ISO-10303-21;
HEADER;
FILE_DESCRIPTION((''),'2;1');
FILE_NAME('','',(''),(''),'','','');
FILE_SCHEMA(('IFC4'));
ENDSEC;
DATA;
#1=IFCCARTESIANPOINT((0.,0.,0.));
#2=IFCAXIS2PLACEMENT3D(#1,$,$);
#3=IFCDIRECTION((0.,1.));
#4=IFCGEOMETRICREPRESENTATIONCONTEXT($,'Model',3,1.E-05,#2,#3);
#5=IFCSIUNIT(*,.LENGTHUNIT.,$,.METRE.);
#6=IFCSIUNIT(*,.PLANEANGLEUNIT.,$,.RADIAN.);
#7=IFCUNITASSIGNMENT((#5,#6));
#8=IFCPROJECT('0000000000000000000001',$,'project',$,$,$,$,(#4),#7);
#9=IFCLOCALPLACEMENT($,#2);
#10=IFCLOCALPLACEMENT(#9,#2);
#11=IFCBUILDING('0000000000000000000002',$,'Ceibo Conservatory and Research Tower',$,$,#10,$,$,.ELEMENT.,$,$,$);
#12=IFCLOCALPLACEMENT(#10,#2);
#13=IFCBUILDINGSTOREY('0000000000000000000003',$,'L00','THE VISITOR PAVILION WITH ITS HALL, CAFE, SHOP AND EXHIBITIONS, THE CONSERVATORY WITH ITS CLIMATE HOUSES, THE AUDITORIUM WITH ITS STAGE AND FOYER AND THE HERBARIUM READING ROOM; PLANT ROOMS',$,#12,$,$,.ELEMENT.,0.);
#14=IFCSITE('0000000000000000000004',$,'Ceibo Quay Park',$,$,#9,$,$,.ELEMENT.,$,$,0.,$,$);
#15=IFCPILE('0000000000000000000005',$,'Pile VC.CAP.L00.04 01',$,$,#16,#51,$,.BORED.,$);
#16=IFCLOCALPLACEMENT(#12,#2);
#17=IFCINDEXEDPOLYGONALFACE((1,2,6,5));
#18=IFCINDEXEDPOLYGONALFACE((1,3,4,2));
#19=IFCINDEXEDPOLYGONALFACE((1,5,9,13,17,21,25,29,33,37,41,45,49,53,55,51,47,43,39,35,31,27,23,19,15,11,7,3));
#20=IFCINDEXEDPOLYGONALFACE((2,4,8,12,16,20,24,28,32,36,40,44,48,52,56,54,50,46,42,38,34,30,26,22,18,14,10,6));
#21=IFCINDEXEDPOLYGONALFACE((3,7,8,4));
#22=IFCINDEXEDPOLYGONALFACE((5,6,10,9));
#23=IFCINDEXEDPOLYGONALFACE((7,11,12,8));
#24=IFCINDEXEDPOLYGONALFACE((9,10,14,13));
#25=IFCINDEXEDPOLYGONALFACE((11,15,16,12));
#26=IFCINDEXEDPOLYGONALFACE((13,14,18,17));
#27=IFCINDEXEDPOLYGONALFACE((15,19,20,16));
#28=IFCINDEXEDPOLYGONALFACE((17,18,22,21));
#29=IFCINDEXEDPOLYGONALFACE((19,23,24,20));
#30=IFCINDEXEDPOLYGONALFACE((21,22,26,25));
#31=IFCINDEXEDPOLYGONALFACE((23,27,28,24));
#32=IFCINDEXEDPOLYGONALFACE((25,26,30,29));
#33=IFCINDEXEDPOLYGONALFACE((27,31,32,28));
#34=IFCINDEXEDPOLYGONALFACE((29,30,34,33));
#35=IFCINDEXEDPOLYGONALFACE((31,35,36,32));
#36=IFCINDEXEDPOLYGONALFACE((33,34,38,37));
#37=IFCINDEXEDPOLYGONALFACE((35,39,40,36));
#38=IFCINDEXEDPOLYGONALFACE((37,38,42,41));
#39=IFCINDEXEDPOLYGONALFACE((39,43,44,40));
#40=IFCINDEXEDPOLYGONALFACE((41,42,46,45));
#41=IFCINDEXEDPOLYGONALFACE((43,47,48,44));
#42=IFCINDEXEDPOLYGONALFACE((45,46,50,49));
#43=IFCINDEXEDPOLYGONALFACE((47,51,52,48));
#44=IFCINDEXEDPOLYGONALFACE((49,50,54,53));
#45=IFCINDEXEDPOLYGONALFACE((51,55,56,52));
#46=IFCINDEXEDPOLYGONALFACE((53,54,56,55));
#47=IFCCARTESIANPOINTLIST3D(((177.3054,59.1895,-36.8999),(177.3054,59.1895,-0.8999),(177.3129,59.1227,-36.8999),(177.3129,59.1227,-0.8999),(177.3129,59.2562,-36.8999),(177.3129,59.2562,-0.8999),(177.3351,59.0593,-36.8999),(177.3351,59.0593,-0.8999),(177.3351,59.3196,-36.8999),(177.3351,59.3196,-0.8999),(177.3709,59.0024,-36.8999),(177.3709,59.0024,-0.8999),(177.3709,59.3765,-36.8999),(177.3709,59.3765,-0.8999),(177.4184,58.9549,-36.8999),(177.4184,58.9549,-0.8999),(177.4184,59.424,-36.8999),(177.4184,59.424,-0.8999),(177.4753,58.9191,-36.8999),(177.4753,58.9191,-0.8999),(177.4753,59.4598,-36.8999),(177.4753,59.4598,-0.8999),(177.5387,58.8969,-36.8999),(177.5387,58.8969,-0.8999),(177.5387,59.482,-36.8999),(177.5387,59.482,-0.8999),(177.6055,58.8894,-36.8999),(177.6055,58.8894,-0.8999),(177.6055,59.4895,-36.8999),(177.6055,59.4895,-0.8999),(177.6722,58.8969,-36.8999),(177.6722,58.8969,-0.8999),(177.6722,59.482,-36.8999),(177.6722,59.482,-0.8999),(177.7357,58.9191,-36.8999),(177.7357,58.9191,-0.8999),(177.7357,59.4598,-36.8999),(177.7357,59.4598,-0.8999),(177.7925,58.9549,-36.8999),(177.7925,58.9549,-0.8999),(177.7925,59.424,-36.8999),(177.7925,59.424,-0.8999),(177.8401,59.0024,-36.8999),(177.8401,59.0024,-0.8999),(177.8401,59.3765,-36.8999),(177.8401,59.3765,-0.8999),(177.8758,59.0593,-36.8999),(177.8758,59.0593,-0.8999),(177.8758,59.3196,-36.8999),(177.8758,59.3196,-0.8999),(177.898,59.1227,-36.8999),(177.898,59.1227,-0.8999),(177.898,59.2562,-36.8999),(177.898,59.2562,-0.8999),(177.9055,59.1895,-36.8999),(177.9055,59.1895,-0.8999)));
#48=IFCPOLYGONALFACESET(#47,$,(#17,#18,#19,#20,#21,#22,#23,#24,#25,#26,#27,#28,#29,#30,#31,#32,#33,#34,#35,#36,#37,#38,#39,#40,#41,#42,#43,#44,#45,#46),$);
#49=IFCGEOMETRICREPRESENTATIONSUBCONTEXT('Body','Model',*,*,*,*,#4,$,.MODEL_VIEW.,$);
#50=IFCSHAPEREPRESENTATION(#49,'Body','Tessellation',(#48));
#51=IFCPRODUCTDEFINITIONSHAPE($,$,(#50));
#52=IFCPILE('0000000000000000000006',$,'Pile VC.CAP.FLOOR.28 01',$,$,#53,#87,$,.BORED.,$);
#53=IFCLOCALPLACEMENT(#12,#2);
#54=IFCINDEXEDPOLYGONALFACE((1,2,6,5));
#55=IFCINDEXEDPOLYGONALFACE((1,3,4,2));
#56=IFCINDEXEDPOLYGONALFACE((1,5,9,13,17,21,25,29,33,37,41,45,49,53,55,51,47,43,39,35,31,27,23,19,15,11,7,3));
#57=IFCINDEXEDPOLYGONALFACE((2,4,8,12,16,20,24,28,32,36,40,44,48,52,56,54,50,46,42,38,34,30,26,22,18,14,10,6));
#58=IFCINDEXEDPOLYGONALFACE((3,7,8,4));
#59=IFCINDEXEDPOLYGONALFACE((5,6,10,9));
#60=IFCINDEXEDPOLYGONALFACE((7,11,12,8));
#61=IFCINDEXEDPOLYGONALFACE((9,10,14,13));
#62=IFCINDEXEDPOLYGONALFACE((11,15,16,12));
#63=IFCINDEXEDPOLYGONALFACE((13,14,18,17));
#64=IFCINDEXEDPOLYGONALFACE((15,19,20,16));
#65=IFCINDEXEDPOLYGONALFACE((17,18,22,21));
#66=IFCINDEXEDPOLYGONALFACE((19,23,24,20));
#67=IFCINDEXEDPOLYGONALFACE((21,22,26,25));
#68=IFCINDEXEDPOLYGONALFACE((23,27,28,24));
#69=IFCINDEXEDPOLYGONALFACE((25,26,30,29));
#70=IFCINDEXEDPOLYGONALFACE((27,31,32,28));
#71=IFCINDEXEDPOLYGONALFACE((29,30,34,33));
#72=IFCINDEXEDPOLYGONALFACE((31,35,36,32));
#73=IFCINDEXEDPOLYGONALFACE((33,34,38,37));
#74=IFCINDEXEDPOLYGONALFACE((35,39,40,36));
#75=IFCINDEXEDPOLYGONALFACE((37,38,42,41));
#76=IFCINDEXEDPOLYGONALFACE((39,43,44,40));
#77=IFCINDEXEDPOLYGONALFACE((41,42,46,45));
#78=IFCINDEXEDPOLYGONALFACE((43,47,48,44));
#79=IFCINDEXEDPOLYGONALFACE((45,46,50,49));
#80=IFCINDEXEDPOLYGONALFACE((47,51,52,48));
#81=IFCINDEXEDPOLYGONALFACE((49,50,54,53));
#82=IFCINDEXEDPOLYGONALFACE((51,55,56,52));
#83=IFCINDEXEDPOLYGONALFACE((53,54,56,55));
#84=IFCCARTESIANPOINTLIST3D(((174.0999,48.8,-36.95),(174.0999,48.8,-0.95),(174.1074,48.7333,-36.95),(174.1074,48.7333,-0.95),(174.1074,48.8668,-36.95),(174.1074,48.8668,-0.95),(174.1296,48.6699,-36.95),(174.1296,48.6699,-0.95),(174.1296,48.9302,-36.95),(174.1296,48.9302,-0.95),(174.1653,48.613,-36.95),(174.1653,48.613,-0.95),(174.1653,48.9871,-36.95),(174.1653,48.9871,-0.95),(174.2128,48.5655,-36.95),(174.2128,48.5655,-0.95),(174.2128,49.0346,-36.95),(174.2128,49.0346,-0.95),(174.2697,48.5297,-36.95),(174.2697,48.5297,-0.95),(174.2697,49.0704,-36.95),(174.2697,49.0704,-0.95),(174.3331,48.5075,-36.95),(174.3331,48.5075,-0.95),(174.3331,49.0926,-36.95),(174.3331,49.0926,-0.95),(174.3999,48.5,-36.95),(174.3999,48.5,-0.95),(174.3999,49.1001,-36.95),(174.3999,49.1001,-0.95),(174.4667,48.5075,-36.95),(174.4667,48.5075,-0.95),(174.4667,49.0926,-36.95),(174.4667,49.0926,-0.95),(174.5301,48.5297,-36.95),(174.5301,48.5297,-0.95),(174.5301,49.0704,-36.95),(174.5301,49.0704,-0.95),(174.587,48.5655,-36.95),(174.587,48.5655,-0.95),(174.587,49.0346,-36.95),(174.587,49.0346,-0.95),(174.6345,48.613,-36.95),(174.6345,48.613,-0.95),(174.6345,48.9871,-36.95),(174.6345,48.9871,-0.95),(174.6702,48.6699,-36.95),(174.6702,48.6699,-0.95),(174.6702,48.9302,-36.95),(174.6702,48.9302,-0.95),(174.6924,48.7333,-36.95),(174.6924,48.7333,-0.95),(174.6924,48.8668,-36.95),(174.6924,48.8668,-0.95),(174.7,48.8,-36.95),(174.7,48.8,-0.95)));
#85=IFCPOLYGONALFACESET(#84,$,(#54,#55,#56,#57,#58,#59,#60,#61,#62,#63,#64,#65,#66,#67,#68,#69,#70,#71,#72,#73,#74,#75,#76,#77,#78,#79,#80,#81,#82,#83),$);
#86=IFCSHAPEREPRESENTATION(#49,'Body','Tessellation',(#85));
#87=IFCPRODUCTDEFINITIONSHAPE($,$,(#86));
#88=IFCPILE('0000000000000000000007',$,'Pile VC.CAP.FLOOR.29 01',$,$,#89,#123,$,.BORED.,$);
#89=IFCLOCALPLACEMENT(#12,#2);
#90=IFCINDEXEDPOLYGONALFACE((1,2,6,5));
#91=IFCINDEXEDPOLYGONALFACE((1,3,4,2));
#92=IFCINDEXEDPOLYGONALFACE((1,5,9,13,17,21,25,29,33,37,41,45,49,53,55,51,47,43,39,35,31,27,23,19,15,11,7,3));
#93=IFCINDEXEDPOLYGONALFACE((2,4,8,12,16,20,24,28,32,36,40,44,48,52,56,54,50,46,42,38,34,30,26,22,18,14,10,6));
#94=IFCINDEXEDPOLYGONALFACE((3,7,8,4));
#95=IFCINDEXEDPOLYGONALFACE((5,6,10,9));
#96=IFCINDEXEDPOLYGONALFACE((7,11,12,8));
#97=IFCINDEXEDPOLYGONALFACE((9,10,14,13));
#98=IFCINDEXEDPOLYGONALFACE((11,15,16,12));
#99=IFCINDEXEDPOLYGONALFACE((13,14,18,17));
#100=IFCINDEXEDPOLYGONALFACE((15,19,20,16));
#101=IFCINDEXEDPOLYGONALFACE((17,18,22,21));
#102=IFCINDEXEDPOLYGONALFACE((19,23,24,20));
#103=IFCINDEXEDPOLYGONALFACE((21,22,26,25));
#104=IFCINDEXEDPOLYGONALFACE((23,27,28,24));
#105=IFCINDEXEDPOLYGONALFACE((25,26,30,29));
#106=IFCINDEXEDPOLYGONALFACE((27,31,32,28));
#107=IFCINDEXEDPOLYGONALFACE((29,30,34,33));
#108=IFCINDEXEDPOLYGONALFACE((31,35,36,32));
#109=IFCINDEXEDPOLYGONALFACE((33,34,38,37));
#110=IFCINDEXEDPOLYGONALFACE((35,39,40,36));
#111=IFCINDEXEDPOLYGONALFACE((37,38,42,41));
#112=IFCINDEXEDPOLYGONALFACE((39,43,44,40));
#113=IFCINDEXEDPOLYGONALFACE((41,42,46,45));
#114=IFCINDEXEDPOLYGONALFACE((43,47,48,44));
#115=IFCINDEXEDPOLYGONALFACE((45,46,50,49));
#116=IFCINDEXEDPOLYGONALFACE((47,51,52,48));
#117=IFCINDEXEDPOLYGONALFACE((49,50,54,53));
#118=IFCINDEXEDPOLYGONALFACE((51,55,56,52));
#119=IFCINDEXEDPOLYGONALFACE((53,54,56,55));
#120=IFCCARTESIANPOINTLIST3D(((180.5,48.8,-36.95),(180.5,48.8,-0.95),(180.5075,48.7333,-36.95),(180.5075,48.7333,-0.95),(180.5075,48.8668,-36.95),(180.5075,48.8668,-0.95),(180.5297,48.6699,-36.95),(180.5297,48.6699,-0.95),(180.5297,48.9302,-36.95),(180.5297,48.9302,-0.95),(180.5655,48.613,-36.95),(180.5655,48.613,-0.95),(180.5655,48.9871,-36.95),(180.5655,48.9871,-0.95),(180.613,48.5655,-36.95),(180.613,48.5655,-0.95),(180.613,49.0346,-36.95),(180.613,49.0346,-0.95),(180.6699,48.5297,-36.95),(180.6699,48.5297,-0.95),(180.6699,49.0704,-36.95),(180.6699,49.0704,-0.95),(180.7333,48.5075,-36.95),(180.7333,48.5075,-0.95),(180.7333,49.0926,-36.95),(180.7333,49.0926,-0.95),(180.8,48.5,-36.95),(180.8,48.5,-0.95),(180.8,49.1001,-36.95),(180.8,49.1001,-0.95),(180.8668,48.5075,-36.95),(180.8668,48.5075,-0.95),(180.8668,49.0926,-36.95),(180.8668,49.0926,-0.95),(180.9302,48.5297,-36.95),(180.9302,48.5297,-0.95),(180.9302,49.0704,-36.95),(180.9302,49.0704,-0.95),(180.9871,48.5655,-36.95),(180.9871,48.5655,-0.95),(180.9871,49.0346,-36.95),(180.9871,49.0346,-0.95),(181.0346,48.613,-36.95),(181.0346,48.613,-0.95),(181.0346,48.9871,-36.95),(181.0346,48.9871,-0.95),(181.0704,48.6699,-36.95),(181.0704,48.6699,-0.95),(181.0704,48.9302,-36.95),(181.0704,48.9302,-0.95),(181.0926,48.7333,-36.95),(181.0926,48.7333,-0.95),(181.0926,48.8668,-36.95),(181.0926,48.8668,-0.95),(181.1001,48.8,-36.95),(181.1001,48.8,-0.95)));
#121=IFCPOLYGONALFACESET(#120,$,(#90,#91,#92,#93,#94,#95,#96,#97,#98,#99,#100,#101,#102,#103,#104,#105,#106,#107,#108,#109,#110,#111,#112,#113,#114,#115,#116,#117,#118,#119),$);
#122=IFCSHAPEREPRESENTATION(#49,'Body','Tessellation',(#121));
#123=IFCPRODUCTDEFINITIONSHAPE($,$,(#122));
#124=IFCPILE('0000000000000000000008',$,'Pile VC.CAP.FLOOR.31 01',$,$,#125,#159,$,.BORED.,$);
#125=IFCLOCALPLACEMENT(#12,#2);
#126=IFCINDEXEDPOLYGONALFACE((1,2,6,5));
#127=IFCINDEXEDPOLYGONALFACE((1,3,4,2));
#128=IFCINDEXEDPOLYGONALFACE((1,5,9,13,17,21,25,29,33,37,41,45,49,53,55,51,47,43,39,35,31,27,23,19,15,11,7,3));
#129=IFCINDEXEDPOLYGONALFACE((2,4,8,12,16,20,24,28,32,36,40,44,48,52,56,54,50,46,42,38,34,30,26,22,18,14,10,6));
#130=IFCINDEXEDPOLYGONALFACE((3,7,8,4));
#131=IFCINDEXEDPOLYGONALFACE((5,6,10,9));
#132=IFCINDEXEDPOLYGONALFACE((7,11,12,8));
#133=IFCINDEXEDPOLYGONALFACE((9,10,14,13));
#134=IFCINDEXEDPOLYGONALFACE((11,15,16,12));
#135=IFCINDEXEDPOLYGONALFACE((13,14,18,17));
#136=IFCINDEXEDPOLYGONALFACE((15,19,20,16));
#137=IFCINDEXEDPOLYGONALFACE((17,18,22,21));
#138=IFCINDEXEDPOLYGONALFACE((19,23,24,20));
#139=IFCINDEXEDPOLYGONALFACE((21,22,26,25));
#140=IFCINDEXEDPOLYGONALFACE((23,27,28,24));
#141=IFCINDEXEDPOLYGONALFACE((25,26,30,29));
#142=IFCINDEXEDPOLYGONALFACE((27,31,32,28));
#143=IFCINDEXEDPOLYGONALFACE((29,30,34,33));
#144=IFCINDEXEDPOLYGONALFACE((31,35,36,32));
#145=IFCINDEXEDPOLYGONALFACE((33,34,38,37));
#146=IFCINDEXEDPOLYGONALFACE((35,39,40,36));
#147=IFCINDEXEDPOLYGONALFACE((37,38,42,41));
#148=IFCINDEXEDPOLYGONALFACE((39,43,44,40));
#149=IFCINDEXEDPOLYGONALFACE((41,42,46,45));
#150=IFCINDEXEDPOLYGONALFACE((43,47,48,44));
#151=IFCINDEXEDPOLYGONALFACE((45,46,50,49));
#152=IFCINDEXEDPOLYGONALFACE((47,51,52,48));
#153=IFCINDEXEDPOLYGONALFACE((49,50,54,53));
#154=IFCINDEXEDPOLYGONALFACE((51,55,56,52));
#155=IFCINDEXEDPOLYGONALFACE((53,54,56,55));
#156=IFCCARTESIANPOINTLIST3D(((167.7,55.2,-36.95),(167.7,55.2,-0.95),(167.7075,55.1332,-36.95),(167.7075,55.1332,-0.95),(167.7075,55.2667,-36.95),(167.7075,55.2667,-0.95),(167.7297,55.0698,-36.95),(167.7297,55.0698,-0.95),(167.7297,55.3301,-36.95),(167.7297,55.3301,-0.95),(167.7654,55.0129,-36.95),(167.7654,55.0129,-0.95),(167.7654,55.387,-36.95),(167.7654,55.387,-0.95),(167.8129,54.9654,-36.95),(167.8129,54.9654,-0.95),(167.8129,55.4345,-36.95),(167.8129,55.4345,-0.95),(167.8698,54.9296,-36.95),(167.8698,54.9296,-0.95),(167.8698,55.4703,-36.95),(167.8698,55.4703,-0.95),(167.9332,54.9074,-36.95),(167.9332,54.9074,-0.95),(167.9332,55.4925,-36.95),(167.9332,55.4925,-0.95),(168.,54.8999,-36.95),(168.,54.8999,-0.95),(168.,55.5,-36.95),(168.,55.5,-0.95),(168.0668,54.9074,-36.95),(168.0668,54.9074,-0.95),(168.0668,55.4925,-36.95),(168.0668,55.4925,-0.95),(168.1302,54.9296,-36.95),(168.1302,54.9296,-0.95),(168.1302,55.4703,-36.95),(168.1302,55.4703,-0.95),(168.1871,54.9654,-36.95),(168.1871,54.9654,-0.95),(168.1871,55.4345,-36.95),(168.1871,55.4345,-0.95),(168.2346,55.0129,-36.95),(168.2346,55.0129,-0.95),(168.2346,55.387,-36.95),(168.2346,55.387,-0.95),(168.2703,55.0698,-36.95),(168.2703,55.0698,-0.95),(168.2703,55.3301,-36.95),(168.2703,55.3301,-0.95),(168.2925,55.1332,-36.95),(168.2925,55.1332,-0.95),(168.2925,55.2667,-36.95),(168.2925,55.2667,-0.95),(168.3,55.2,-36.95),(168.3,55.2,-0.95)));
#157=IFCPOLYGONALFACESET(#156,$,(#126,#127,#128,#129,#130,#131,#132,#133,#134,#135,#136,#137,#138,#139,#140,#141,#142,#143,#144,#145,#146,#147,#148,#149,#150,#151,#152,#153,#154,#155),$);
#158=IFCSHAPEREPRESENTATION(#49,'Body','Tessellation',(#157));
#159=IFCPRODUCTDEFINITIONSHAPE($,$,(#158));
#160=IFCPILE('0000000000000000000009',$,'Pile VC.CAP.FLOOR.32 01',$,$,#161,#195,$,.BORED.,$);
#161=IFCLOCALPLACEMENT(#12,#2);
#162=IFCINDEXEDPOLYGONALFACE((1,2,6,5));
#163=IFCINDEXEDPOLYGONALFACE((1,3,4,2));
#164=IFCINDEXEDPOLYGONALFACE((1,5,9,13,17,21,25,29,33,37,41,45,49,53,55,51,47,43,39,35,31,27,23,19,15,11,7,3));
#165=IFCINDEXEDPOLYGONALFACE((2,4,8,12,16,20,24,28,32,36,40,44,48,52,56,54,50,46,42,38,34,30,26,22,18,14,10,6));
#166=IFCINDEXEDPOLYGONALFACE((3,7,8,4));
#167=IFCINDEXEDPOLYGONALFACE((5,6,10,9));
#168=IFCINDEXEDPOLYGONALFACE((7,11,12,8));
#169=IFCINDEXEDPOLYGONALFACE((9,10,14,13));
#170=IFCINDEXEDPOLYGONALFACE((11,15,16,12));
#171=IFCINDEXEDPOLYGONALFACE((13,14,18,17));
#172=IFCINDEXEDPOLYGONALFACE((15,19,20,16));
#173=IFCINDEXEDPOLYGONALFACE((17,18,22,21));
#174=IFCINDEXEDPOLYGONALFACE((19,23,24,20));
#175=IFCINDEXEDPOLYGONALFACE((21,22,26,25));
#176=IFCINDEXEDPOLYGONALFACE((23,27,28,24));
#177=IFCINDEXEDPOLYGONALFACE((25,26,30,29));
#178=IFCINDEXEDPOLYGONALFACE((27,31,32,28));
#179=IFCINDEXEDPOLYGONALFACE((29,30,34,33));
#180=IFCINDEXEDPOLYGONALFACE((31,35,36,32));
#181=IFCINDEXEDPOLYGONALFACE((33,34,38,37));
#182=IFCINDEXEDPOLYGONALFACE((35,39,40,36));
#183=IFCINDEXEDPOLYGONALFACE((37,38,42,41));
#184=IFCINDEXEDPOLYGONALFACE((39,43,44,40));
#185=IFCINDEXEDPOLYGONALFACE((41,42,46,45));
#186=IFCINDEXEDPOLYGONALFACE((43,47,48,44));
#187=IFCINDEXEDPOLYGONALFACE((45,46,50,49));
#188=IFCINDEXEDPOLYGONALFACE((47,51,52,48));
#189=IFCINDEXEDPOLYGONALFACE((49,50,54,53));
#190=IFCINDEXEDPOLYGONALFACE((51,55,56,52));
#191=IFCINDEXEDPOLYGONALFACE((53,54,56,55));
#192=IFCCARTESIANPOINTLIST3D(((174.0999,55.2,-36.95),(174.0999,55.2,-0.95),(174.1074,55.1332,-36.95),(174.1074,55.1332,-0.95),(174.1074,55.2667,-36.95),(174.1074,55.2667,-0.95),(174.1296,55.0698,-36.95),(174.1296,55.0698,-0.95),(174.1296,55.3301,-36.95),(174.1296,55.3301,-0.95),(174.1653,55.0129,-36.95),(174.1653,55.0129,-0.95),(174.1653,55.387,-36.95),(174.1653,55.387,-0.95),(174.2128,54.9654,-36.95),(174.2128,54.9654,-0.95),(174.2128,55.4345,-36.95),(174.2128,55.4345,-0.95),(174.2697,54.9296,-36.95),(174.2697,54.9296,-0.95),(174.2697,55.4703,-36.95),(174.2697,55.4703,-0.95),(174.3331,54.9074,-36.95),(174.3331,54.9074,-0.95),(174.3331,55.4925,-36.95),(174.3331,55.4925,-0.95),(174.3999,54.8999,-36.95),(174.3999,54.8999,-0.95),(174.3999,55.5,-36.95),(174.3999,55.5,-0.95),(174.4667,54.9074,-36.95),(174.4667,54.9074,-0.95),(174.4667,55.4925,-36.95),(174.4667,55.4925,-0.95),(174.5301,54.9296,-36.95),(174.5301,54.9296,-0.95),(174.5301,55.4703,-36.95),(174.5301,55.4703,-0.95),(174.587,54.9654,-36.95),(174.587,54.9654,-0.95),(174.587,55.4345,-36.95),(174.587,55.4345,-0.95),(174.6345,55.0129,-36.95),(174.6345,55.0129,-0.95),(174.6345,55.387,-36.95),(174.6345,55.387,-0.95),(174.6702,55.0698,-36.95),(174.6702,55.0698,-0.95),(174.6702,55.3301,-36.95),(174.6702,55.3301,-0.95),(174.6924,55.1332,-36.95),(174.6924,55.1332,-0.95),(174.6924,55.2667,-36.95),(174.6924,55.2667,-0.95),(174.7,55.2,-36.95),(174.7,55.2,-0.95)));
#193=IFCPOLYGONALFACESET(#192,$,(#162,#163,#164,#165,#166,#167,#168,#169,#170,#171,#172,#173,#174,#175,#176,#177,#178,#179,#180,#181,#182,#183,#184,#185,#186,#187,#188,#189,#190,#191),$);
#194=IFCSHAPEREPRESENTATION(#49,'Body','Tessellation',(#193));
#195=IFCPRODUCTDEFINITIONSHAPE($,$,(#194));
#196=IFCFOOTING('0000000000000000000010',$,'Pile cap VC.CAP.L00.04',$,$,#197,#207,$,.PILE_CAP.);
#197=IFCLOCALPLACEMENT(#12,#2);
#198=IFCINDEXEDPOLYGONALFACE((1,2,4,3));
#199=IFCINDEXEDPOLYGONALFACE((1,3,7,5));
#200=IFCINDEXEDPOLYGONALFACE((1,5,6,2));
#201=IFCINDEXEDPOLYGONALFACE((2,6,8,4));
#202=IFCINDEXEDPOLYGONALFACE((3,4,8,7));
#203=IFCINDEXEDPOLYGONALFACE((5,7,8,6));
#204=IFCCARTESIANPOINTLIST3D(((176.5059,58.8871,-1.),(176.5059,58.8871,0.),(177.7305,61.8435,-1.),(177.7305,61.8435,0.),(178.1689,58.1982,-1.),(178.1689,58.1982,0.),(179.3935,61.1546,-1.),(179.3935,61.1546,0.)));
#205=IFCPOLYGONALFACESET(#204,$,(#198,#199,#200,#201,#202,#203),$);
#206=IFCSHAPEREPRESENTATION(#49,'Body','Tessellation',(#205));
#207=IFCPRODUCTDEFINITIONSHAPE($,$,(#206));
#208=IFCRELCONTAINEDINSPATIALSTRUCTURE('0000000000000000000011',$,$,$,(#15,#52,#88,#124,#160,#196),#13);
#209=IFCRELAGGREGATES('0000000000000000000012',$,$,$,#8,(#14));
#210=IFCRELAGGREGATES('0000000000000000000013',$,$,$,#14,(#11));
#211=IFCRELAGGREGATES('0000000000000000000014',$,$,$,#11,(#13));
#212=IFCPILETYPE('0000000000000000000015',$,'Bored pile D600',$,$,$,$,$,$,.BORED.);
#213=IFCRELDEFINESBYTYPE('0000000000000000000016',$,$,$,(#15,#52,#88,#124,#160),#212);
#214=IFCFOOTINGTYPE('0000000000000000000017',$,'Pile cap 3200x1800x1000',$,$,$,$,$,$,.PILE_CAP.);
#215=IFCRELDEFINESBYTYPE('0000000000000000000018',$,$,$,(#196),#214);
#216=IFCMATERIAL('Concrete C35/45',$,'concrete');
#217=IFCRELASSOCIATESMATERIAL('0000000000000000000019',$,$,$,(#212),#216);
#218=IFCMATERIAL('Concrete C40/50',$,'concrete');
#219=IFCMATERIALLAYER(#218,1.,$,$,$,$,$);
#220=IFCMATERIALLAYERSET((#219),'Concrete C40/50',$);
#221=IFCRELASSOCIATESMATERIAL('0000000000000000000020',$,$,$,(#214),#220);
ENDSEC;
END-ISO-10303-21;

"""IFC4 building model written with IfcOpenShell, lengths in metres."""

from ifc_helpers import new_model, si_unit, direction, frame, origin, origin_2d, place, context, subcontext, project, spatial, polyline, circle, outline, extrude, material, layer, layer_set, material_profile, profile_set, type_object, element, save


model = new_model("IFC4")

# Units and contexts
model_context = context("Model", 3, precision=1e-05, world=origin(), true_north=direction((0.0, 1.0)))
body_context = subcontext(model_context, "Body", "Model", "MODEL_VIEW")
ifc_project = project(units=[si_unit("LENGTHUNIT", "METRE"), si_unit("PLANEANGLEUNIT", "RADIAN")], contexts=[model_context])

# Site, building, storey
site_placement = place(None, origin())
site = spatial("IfcSite", under=ifc_project, at=site_placement, Name="Ceibo Quay Park", CompositionType="ELEMENT", RefElevation=0.0)
building_placement = place(site_placement, origin())
building = spatial("IfcBuilding", under=site, at=building_placement, Name="Ceibo Conservatory and Research Tower", CompositionType="ELEMENT")
storey_placement = place(building_placement, origin())
storey = spatial("IfcBuildingStorey", under=building, at=storey_placement, Name="L00", Description="THE VISITOR PAVILION WITH ITS HALL, CAFE, SHOP AND EXHIBITIONS, THE CONSERVATORY WITH ITS CLIMATE HOUSES, THE AUDITORIUM WITH ITS STAGE AND FOYER AND THE HERBARIUM READING ROOM; PLANT ROOMS", CompositionType="ELEMENT", Elevation=0.0)

# Piles
ifc_material_1 = material(Name="Concrete C35/45", Category="concrete")
ifc_material_profile_1 = material_profile(ifc_material_1, circle(Radius=0.3, at=origin_2d()), Name="RC D600")
ifc_profile_set_1 = profile_set([ifc_material_profile_1], Name="Concrete C35/45")
pile_type = type_object("IfcPileType", Name="Bored pile D600", PredefinedType="BORED", material=ifc_profile_set_1)
for number, where, z_axis, x_axis, name in (
    (1, (177.6055, 59.1895, -0.8999), (0.0, 0.0, -1.0), (1.0, 0.0, 0.0), "Pile VC.CAP.L00.04 01"),
    (2, (174.3999, 48.8, -0.95), (0.0, 0.0, -1.0), (1.0, 0.0, 0.0), "Pile VC.CAP.FLOOR.28 01"),
    (3, (180.8, 48.8, -0.95), (0.0, 0.0, -1.0), (1.0, 0.0, 0.0), "Pile VC.CAP.FLOOR.29 01"),
    (4, (168.0, 55.2, -0.95), (0.0, 0.0, -1.0), (1.0, 0.0, 0.0), "Pile VC.CAP.FLOOR.31 01"),
    (5, (174.3999, 55.2, -0.95), (0.0, 0.0, -1.0), (1.0, 0.0, 0.0), "Pile VC.CAP.FLOOR.32 01"),
):
    element("IfcPile", number, at=place(storey_placement, frame(where, z_axis=z_axis, x_axis=x_axis)), inside=storey, type_object=pile_type, Name=name, PredefinedType="BORED", context=body_context, shape_type="SweptSolid", body=[
        extrude(circle(Radius=0.3, at=origin_2d()), origin(), (0.0, 0.0, 1.0), 36.0),
    ])

# Footing
ifc_material_2 = material(Name="Concrete C40/50", Category="concrete")
ifc_layer_1 = layer(ifc_material_2, 1.0)
ifc_layer_set_1 = layer_set([ifc_layer_1], Name="Concrete C40/50")
footing_type = type_object("IfcFootingType", Name="Pile cap 3200x1800x1000", PredefinedType="PILE_CAP", material=ifc_layer_set_1)
footing_placement = place(storey_placement, frame((178.1689, 58.1982, -1.0), z_axis=(0.0, 0.0, 1.0), x_axis=(0.382683, 0.92388, 0.0)))
element("IfcFooting", 6, at=footing_placement, inside=storey, type_object=footing_type, Name="Pile cap VC.CAP.L00.04", PredefinedType="PILE_CAP", context=body_context, shape_type="SweptSolid", body=[
    extrude(outline(polyline([(0.0, 0.0), (3.2, 0.0), (3.2, 1.8), (0.0, 1.8), (0.0, 0.0)])), origin(), (0.0, 0.0, 1.0), 1.0),
])

save(model, "model.ifc")
